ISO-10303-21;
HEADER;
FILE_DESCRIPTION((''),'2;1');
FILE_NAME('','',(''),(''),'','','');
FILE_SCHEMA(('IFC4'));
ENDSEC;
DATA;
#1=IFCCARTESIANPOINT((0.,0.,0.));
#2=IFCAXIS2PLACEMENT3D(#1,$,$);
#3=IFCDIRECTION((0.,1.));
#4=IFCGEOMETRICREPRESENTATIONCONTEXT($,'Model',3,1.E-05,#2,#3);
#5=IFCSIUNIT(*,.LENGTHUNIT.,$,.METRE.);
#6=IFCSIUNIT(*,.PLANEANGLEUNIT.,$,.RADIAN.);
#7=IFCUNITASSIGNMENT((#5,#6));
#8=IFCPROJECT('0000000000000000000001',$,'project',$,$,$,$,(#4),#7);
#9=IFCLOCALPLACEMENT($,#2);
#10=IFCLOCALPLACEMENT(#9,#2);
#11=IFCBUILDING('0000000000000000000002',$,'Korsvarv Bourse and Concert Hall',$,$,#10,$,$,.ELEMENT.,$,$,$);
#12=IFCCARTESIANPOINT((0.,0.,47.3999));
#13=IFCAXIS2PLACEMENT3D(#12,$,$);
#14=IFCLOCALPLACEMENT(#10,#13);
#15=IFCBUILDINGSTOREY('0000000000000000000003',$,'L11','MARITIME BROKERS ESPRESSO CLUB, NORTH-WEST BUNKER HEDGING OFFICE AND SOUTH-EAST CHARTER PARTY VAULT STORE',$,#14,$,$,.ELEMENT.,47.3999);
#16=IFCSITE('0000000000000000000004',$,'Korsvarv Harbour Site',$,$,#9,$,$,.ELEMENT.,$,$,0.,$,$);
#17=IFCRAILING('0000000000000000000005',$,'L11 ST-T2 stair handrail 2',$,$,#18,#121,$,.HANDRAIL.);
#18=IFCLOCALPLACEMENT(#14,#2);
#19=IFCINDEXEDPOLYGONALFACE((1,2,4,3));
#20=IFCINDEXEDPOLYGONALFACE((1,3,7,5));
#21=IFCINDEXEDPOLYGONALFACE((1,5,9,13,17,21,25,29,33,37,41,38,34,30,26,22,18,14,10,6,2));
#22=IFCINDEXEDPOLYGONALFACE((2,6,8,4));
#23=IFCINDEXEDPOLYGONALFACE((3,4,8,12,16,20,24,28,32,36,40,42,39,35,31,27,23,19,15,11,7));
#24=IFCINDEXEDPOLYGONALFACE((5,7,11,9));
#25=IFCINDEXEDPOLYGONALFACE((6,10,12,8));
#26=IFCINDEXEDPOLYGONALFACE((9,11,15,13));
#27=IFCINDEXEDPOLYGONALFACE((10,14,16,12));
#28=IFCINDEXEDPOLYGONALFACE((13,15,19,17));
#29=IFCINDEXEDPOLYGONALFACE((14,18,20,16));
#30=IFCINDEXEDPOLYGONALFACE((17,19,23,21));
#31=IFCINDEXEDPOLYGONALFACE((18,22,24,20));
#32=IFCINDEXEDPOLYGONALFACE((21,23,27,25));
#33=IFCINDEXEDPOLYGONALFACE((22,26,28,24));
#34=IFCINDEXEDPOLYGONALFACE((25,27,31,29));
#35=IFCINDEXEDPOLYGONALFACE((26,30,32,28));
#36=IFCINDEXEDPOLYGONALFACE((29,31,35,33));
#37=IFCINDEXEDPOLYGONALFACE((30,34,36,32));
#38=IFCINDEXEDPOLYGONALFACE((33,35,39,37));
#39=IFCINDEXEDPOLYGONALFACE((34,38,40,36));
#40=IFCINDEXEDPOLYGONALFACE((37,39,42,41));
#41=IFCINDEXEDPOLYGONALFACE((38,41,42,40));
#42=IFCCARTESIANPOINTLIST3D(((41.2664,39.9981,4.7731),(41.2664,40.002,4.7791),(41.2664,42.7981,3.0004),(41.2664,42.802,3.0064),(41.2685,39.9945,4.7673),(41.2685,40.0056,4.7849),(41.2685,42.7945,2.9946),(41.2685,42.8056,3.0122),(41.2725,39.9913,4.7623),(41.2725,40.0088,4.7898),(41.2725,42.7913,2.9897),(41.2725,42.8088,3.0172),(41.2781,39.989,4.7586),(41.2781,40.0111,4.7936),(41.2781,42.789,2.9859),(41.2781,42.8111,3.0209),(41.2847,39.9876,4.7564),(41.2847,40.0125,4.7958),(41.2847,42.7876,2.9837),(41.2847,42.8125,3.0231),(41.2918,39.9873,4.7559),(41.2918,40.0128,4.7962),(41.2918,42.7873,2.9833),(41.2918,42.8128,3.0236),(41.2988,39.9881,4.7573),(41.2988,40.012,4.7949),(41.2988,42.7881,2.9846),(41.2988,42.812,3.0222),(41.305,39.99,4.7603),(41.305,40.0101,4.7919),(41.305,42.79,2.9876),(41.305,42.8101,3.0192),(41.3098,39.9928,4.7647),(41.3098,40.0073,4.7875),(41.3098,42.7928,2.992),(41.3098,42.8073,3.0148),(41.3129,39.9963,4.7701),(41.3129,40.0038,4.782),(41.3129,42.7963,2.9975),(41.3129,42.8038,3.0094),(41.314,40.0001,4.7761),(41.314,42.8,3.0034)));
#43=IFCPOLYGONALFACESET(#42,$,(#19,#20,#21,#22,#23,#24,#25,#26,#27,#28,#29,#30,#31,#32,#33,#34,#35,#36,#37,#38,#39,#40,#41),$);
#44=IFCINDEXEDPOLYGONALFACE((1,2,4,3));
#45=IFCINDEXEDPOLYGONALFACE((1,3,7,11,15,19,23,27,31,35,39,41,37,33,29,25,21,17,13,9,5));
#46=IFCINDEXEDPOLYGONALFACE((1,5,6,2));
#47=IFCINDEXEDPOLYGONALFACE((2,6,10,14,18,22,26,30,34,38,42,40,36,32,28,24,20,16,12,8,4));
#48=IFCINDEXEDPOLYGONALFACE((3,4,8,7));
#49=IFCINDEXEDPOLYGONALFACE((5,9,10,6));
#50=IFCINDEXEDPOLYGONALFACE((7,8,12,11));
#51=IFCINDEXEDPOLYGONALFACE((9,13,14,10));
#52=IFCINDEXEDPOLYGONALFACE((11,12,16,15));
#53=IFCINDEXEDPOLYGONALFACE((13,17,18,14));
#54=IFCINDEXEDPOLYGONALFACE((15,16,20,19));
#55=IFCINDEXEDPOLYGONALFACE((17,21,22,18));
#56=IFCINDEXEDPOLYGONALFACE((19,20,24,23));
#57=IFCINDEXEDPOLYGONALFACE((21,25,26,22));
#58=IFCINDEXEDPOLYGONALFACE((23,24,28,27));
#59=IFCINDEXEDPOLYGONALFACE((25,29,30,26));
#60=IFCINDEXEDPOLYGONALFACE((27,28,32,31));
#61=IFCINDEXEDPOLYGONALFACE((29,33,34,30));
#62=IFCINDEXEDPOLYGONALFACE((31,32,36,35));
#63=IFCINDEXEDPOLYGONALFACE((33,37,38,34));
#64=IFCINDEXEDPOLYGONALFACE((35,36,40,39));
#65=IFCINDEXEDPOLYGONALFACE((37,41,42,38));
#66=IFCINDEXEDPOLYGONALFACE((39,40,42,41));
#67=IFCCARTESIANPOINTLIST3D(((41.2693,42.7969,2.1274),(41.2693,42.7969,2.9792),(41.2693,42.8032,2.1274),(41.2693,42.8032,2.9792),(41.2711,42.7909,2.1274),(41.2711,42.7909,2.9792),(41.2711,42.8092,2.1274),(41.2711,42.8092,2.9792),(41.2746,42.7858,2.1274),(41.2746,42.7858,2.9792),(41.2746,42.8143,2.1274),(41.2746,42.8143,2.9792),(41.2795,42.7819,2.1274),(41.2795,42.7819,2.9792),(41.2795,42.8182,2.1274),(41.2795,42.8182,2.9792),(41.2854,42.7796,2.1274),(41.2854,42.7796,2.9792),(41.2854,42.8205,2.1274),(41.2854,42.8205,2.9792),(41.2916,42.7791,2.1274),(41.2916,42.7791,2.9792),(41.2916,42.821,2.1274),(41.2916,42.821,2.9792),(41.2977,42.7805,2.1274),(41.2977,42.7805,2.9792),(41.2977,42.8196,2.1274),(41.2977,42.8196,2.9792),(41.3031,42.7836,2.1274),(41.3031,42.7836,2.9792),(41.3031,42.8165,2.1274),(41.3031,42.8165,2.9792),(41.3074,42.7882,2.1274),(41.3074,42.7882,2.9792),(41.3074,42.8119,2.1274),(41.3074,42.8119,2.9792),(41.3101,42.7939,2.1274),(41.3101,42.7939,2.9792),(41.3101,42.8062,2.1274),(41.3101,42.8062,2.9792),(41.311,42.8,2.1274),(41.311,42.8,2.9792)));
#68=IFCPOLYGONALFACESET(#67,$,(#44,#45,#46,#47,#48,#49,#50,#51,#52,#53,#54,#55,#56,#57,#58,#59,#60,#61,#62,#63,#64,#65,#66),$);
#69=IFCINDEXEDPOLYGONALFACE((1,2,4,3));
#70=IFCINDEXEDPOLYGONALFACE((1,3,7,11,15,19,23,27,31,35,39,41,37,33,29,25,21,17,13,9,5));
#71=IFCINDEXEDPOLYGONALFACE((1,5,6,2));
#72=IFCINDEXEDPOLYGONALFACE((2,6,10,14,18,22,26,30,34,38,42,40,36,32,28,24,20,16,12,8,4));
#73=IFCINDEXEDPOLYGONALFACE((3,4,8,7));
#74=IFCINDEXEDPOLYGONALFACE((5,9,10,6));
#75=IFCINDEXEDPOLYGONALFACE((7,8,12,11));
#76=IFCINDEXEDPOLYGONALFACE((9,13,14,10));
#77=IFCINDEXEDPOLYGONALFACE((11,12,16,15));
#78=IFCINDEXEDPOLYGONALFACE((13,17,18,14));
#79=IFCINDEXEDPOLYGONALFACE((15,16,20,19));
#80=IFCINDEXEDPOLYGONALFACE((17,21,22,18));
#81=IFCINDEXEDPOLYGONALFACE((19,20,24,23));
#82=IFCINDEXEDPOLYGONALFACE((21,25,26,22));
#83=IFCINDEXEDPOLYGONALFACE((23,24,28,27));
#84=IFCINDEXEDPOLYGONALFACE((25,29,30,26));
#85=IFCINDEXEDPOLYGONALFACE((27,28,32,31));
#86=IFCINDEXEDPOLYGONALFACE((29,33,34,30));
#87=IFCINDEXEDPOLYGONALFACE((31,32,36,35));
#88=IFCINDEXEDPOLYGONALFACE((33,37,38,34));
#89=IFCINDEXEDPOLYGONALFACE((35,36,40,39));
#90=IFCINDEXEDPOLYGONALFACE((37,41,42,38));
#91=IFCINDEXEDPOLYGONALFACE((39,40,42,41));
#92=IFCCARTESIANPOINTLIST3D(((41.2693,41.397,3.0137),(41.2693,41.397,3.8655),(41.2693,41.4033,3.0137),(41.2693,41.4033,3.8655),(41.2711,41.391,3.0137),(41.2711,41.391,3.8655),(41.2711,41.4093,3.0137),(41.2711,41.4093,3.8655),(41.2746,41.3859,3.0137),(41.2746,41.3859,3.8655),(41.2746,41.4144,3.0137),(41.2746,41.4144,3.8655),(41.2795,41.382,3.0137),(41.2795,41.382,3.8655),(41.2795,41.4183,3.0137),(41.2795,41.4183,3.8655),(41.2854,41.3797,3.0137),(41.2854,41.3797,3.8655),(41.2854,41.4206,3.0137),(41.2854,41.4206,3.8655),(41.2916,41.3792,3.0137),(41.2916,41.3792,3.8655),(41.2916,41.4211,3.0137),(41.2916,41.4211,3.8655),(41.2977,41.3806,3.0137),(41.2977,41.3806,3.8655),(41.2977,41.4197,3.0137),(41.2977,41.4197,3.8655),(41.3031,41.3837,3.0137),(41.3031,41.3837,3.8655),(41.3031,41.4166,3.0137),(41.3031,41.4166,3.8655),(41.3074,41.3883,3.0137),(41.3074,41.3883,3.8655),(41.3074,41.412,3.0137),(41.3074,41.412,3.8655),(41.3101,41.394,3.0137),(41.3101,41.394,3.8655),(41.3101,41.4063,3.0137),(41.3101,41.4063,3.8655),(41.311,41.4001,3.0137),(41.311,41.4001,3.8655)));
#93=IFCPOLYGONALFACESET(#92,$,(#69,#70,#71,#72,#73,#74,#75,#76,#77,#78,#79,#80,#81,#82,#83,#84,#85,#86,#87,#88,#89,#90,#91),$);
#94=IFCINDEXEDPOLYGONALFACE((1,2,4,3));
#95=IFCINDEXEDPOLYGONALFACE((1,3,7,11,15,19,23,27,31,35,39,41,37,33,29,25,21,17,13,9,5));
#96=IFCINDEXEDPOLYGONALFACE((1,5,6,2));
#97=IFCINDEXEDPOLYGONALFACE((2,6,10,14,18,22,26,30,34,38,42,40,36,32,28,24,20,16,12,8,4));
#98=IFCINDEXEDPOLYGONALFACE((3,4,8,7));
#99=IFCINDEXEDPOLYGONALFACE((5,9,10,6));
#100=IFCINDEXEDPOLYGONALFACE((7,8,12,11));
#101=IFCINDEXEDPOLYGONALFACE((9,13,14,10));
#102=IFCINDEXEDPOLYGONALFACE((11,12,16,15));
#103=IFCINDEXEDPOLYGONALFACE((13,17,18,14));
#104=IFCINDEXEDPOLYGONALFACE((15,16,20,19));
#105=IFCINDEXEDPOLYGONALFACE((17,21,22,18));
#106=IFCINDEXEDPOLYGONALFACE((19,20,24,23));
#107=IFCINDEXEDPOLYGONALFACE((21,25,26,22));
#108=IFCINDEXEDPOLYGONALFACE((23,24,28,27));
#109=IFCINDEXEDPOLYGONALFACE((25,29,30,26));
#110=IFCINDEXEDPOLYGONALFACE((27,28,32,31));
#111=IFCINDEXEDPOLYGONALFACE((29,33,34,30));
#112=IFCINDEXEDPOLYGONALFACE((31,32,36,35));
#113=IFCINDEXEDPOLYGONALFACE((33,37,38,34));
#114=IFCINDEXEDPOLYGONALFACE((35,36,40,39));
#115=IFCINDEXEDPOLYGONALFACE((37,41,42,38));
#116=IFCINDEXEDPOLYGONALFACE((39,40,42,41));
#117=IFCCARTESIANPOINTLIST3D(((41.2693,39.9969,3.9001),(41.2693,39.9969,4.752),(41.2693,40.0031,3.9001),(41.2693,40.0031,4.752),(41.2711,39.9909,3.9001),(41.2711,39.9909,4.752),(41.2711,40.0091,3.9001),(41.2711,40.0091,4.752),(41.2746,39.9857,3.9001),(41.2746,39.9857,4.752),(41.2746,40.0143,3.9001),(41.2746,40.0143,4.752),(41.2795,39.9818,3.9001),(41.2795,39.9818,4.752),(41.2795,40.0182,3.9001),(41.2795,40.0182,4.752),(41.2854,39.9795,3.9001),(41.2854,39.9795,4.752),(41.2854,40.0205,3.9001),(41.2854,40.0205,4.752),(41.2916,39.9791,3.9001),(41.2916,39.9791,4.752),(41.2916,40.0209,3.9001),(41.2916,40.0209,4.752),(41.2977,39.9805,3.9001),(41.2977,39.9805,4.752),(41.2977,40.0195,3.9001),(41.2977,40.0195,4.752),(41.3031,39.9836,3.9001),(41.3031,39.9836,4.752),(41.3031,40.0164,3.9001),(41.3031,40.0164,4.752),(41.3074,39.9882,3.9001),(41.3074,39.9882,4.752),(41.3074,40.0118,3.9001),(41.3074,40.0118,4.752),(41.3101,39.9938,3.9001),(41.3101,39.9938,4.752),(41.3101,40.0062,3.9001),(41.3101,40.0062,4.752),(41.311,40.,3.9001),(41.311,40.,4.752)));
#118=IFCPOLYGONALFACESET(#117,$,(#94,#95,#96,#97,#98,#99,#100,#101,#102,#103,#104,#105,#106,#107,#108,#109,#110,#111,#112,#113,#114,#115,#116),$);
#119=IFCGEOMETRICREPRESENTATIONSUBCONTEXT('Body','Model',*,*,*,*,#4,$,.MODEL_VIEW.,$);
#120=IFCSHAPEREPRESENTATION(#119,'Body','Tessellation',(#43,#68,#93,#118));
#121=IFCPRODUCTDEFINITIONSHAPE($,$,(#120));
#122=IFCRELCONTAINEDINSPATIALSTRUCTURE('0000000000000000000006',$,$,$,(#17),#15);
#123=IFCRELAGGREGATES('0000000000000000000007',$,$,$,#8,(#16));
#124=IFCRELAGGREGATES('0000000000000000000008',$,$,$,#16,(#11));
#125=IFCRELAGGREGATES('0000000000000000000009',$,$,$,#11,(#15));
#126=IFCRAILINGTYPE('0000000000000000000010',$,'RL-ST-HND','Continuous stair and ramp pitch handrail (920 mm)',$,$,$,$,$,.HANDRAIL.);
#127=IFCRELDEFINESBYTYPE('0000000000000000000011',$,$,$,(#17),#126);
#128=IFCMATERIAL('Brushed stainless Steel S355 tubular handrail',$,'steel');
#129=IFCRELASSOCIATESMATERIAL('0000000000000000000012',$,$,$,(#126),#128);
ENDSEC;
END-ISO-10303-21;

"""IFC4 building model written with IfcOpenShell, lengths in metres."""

from ifc_helpers import new_model, si_unit, direction, frame, origin, origin_2d, place, context, subcontext, project, spatial, circle, extrude, material, type_object, element, save


model = new_model("IFC4")

# Units and contexts
model_context = context("Model", 3, precision=1e-05, world=origin(), true_north=direction((0.0, 1.0)))
body_context = subcontext(model_context, "Body", "Model", "MODEL_VIEW")
ifc_project = project(units=[si_unit("LENGTHUNIT", "METRE"), si_unit("PLANEANGLEUNIT", "RADIAN")], contexts=[model_context])

# Site, building, storey
site_placement = place(None, origin())
site = spatial("IfcSite", under=ifc_project, at=site_placement, Name="Korsvarv Harbour Site", CompositionType="ELEMENT", RefElevation=0.0)
building_placement = place(site_placement, origin())
building = spatial("IfcBuilding", under=site, at=building_placement, Name="Korsvarv Bourse and Concert Hall", CompositionType="ELEMENT")
storey_placement = place(building_placement, frame((0.0, 0.0, 47.3999)))
storey = spatial("IfcBuildingStorey", under=building, at=storey_placement, Name="L11", Description="MARITIME BROKERS ESPRESSO CLUB, NORTH-WEST BUNKER HEDGING OFFICE AND SOUTH-EAST CHARTER PARTY VAULT STORE", CompositionType="ELEMENT", Elevation=47.3999)

# Railing
ifc_material_1 = material(Name="Brushed stainless Steel S355 tubular handrail", Category="steel")
railing_type = type_object("IfcRailingType", Name="RL-ST-HND", Description="Continuous stair and ramp pitch handrail (920 mm)", PredefinedType="HANDRAIL", material=ifc_material_1)
railing_placement = place(storey_placement, frame((41.29, 42.8, 2.1274)))
element("IfcRailing", 1, at=railing_placement, inside=storey, type_object=railing_type, Name="L11 ST-T2 stair handrail 2", PredefinedType="HANDRAIL", context=body_context, shape_type="SweptSolid", body=[
    extrude(circle(Radius=0.0239, at=origin_2d()), frame((0.0, 0.0, 0.876), z_axis=(0.0, -0.844909, 0.53491), x_axis=(1.0, 0.0, 0.0)), (0.0, 0.0, 1.0), 3.314),
    extrude(circle(Radius=0.021, at=origin_2d()), origin(), (0.0, 0.0, 1.0), 0.8518),
    extrude(circle(Radius=0.021, at=origin_2d()), frame((0.0, -1.3999, 0.8862)), (0.0, 0.0, 1.0), 0.8518),
    extrude(circle(Radius=0.021, at=origin_2d()), frame((0.0, -2.8, 1.7727)), (0.0, 0.0, 1.0), 0.8518),
])

save(model, "model.ifc")
